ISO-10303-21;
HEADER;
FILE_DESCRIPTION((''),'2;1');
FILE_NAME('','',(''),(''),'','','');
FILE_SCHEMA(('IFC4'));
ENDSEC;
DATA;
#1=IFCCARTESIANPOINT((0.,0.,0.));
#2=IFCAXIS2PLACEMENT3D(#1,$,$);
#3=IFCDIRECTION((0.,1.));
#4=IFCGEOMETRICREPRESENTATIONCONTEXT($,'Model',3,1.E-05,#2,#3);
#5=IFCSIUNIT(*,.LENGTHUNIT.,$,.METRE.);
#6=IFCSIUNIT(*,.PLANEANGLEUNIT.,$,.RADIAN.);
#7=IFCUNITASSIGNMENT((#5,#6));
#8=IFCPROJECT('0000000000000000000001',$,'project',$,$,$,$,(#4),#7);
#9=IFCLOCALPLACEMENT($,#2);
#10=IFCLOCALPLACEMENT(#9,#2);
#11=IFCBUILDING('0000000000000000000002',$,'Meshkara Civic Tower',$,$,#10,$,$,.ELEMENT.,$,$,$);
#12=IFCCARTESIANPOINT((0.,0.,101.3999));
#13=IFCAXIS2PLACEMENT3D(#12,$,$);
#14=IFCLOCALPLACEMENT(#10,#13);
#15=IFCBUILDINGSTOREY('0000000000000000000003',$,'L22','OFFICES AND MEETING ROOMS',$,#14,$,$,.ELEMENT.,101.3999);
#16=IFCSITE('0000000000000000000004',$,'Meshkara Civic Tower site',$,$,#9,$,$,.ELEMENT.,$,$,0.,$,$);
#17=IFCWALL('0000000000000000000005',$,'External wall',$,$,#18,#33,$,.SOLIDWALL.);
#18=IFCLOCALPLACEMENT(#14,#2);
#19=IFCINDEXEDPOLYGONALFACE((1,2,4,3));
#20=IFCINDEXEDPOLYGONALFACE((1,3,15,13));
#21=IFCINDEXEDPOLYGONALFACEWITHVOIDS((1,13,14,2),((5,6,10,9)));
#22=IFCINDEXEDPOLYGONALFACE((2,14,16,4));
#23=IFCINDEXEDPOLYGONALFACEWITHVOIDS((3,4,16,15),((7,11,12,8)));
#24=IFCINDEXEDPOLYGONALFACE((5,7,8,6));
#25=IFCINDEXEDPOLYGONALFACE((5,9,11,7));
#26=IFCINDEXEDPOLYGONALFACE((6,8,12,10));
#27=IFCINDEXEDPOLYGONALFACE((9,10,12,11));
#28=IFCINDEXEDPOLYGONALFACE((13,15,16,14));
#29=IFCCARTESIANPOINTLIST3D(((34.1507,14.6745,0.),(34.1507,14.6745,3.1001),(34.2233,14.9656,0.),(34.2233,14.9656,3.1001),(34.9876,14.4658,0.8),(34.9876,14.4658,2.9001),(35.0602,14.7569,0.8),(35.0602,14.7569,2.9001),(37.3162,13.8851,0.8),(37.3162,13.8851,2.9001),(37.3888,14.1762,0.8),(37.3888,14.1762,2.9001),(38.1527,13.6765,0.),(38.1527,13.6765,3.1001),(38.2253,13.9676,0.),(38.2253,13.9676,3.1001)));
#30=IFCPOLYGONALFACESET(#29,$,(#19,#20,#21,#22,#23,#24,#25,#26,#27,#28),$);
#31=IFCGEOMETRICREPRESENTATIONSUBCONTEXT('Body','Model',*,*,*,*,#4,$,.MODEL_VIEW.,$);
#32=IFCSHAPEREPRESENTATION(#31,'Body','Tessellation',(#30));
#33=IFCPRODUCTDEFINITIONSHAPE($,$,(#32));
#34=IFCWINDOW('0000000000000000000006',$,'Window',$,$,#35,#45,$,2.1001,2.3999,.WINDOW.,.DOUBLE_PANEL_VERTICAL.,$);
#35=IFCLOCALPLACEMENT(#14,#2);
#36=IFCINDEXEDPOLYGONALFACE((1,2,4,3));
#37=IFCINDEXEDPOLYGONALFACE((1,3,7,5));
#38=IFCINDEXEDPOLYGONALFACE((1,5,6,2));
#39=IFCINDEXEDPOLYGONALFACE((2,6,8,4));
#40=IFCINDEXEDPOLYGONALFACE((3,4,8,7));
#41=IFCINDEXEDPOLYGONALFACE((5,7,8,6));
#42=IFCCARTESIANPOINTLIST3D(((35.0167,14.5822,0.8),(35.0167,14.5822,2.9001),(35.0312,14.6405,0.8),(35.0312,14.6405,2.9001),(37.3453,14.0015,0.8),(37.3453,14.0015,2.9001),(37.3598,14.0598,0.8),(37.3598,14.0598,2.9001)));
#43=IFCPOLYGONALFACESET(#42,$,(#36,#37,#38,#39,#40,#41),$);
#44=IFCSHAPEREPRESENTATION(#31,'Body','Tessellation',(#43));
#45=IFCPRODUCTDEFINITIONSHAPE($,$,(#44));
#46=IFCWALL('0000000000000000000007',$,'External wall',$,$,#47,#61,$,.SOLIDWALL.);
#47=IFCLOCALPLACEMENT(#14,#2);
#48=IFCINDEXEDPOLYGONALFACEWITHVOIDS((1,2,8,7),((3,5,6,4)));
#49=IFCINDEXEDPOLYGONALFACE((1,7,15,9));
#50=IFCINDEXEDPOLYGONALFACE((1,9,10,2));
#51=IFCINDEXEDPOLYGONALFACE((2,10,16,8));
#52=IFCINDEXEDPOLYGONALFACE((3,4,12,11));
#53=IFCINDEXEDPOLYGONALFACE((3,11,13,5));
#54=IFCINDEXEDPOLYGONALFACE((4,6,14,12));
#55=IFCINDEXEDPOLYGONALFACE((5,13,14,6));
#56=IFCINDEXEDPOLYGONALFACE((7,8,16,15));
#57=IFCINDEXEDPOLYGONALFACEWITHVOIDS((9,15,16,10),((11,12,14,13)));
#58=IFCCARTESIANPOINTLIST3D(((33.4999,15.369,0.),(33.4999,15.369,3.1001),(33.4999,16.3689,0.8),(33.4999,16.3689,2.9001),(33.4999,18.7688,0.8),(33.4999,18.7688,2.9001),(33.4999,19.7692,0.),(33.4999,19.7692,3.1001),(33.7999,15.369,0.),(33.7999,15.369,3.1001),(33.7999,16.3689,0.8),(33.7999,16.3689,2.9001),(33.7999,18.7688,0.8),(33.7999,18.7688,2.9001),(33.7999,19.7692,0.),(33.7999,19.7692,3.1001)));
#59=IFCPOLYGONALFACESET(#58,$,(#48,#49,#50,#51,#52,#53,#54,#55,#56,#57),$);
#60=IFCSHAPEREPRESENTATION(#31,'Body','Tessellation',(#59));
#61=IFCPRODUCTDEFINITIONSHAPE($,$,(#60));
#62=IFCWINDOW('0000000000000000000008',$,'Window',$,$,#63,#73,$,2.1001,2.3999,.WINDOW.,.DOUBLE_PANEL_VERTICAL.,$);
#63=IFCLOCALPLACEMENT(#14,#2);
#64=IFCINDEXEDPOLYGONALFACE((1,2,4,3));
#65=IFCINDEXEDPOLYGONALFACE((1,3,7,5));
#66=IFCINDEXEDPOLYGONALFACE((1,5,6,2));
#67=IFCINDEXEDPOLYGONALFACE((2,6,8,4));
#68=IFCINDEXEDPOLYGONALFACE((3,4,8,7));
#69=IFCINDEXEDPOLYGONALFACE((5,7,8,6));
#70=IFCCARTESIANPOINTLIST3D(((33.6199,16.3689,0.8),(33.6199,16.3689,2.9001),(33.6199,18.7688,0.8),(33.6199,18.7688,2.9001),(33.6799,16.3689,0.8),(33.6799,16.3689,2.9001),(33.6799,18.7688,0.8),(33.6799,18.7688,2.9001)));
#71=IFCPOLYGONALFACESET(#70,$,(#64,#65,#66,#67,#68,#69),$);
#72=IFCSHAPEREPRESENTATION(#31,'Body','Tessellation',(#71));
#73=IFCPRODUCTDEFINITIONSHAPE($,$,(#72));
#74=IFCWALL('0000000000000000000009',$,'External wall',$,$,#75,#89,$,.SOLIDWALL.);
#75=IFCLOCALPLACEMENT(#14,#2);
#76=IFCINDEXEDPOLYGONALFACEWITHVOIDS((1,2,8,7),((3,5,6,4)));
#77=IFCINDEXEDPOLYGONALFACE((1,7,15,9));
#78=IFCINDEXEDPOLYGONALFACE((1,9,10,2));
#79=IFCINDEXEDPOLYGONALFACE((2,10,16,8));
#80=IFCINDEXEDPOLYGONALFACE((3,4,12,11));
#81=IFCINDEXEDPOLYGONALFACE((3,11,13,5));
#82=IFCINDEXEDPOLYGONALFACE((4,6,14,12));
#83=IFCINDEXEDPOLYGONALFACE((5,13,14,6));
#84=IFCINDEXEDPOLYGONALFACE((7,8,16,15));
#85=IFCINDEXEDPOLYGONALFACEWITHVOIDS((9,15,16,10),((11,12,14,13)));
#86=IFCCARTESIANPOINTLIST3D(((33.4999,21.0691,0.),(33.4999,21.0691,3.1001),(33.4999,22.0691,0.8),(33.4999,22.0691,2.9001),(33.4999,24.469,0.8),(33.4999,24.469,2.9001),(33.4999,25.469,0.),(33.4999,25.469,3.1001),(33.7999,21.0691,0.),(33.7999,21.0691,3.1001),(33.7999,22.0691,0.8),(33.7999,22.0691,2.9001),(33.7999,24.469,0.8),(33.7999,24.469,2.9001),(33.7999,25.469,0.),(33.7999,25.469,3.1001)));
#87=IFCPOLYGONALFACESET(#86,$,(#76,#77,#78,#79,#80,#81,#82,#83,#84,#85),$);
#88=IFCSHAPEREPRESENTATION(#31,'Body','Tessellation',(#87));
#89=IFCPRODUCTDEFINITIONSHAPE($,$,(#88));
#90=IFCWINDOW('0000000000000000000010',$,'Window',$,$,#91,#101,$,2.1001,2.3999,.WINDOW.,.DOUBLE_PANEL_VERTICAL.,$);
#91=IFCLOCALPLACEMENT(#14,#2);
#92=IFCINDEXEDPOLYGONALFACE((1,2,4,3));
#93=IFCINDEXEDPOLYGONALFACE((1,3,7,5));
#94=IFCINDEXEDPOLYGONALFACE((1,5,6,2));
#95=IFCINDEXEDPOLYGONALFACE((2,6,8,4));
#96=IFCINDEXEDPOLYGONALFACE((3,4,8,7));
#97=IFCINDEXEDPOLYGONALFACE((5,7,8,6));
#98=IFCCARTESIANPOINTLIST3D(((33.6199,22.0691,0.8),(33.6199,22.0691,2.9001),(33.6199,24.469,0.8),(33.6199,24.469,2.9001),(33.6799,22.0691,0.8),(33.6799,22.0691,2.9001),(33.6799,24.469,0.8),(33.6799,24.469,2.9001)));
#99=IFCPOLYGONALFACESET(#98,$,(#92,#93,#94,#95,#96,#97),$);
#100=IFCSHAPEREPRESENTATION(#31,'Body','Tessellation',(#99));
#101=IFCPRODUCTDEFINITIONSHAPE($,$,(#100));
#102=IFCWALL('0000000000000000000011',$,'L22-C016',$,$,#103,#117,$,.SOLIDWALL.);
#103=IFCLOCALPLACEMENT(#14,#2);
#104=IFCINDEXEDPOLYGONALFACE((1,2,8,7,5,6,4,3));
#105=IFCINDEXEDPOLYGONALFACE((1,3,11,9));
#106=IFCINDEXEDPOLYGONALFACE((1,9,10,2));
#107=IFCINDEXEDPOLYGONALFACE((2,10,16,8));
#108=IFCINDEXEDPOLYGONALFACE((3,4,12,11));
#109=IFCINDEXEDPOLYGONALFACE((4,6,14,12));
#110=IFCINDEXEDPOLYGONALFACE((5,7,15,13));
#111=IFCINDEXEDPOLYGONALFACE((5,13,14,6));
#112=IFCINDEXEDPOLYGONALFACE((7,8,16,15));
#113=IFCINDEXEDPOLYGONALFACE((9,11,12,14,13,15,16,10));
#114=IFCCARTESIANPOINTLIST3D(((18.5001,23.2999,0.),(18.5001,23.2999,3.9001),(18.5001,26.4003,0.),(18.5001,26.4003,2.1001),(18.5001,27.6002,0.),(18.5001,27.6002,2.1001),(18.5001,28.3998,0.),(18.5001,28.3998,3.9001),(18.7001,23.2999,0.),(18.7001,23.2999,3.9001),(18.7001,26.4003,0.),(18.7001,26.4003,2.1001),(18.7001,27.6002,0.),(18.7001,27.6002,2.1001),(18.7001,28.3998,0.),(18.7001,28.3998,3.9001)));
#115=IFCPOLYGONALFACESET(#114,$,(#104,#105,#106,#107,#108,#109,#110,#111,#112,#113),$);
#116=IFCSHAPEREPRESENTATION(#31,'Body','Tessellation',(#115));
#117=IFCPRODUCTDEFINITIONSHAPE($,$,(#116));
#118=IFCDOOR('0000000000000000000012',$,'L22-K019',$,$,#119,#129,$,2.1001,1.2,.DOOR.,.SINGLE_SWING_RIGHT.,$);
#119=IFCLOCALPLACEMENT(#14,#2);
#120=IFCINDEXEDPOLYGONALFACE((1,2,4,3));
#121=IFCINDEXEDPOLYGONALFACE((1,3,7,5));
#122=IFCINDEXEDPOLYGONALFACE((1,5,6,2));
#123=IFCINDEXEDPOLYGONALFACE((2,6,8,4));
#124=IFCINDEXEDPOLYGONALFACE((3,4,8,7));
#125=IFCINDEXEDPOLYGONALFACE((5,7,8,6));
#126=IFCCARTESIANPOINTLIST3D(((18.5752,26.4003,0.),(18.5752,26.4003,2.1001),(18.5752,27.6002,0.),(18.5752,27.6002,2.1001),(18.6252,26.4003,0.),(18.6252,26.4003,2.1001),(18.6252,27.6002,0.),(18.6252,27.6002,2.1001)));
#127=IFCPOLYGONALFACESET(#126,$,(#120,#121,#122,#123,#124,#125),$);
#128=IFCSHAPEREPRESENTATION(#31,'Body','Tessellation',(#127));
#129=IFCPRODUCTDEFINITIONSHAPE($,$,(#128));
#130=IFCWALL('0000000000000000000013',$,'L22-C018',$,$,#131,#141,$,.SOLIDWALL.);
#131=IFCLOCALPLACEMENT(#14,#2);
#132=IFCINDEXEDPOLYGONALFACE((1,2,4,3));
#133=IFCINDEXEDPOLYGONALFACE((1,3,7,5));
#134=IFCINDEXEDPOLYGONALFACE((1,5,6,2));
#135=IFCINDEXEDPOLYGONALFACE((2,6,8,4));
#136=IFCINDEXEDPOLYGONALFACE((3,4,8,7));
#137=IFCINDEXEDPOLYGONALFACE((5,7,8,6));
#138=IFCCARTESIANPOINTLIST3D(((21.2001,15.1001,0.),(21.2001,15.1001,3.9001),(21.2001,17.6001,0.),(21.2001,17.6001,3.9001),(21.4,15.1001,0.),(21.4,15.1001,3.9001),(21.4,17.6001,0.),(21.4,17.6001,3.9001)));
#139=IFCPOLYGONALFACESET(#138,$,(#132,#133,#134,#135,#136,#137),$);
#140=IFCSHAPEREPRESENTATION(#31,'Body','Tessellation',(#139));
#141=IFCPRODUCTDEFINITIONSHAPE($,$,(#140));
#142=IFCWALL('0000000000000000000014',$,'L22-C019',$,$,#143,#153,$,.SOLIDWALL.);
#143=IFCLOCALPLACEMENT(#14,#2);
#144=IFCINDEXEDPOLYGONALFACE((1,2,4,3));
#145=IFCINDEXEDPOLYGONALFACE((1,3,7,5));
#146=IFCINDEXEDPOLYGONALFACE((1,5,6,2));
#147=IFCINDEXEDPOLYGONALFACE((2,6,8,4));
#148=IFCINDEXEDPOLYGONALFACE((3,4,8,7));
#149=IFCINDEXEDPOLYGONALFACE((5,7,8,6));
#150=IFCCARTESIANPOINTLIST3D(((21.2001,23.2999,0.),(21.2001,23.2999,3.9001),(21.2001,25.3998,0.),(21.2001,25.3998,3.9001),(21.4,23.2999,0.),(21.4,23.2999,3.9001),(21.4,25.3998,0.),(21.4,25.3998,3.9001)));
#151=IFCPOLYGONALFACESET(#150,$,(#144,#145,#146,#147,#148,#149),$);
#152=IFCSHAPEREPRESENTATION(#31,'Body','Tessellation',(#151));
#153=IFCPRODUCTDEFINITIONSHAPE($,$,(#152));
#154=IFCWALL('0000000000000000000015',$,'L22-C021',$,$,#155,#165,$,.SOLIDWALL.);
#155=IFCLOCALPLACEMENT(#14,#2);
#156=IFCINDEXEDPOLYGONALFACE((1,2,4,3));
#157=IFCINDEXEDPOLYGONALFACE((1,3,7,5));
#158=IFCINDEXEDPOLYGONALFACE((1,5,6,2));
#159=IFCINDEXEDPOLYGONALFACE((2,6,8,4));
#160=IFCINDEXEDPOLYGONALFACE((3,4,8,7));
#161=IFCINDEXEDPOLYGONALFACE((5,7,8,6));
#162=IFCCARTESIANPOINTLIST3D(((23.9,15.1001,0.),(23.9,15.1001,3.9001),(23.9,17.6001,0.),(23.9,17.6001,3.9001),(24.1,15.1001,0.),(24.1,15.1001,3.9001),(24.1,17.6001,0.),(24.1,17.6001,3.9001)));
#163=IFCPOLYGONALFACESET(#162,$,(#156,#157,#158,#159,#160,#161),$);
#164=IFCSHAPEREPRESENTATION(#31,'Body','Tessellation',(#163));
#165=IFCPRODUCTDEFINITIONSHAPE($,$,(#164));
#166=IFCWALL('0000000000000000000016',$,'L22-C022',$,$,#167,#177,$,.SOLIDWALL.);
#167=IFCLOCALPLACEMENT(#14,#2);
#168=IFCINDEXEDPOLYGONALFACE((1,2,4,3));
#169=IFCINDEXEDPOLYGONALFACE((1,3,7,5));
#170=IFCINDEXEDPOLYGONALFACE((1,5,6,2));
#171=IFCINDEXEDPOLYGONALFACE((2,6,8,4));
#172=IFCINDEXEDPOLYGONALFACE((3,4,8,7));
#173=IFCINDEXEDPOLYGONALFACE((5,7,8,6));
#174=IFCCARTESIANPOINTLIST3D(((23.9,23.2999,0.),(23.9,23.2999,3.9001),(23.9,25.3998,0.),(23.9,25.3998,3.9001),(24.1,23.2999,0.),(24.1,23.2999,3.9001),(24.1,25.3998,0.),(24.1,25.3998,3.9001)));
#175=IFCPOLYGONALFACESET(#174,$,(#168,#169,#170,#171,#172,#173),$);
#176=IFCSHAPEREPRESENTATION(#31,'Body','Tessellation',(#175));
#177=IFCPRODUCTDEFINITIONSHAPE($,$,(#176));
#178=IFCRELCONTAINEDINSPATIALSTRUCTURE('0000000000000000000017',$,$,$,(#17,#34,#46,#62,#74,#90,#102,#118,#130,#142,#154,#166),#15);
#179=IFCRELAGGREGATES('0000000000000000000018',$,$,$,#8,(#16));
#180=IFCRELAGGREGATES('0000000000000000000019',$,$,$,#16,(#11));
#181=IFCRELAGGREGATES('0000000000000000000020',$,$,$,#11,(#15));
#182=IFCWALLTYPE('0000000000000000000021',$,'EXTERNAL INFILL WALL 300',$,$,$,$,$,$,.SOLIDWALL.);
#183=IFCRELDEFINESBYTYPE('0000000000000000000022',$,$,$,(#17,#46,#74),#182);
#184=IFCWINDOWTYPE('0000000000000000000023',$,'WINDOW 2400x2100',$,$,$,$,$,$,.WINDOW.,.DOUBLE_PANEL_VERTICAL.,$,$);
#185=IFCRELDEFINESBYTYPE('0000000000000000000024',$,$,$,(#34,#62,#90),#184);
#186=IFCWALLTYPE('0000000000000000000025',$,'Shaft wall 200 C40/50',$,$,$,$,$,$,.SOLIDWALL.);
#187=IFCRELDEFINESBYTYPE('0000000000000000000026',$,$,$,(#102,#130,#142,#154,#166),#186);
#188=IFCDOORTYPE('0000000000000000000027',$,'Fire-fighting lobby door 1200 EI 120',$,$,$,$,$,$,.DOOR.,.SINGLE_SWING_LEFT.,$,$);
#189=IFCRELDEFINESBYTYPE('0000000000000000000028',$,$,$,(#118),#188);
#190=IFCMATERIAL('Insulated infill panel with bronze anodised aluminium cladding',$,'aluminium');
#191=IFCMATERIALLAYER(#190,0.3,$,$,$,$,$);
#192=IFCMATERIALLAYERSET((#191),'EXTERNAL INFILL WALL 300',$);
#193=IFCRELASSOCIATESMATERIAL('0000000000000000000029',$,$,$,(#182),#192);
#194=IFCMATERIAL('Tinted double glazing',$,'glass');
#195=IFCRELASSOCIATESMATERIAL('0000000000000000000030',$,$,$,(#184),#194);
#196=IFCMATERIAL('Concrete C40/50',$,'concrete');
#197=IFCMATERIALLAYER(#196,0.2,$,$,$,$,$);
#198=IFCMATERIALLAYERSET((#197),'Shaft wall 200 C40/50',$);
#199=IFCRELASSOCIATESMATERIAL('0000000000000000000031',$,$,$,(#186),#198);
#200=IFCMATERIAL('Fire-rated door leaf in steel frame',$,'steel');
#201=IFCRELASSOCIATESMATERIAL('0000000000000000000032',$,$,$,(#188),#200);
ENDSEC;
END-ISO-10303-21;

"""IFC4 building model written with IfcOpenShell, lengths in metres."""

from ifc_helpers import new_model, si_unit, direction, frame, frame_2d, origin, place, context, subcontext, project, spatial, rectangle, extrude, material, layer, layer_set, type_object, element, fill, save


model = new_model("IFC4")

# Units and contexts
model_context = context("Model", 3, precision=1e-05, world=origin(), true_north=direction((0.0, 1.0)))
body_context = subcontext(model_context, "Body", "Model", "MODEL_VIEW")
ifc_project = project(units=[si_unit("LENGTHUNIT", "METRE"), si_unit("PLANEANGLEUNIT", "RADIAN")], contexts=[model_context])

# Site, building, storey
site_placement = place(None, origin())
site = spatial("IfcSite", under=ifc_project, at=site_placement, Name="Meshkara Civic Tower site", CompositionType="ELEMENT", RefElevation=0.0)
building_placement = place(site_placement, origin())
building = spatial("IfcBuilding", under=site, at=building_placement, Name="Meshkara Civic Tower", CompositionType="ELEMENT")
storey_placement = place(building_placement, frame((0.0, 0.0, 101.3999)))
storey = spatial("IfcBuildingStorey", under=building, at=storey_placement, Name="L22", Description="OFFICES AND MEETING ROOMS", CompositionType="ELEMENT", Elevation=101.3999)

# Walls, openings, windows
ifc_material_1 = material(Name="Insulated infill panel with bronze anodised aluminium cladding", Category="aluminium")
ifc_layer_1 = layer(ifc_material_1, 0.3)
ifc_layer_set_1 = layer_set([ifc_layer_1], Name="EXTERNAL INFILL WALL 300")
wall_type_1 = type_object("IfcWallType", Name="EXTERNAL INFILL WALL 300", PredefinedType="SOLIDWALL", material=ifc_layer_set_1)
wall_1_placement = place(storey_placement, frame((38.189, 13.822, 0.0), z_axis=(0.0, 0.0, 1.0), x_axis=(-0.970282, 0.241978, 0.0)))
wall_1 = element("IfcWall", 1, at=wall_1_placement, inside=storey, type_object=wall_type_1, Name="External wall", PredefinedType="SOLIDWALL", context=body_context, shape_type="SweptSolid", body=[
    extrude(rectangle(XDim=4.1245, YDim=0.3, at=frame_2d((2.0623, 0.0))), origin(), (0.0, 0.0, 1.0), 3.1001),
])
opening_1_placement = place(wall_1_placement, frame((0.8621, 0.0, 0.8)))
opening_1 = element("IfcOpeningElement", 2, at=opening_1_placement, cuts=wall_1, PredefinedType="OPENING", context=body_context, shape_type="SweptSolid", body=[
    extrude(rectangle(XDim=2.3999, YDim=2.1001, at=frame_2d((1.2, 1.05))), frame((0.0, 0.1599, 0.0), z_axis=(0.0, -1.0, 0.0), x_axis=(1.0, 0.0, 0.0)), (0.0, 0.0, 1.0), 0.3201),
])
ifc_material_2 = material(Name="Tinted double glazing", Category="glass")
window_type = type_object("IfcWindowType", Name="WINDOW 2400x2100", PartitioningType="DOUBLE_PANEL_VERTICAL", PredefinedType="WINDOW", material=ifc_material_2)
window_1_placement = place(opening_1_placement, origin())
window_1 = element("IfcWindow", 3, at=window_1_placement, inside=storey, type_object=window_type, Name="Window", OverallHeight=2.1001, OverallWidth=2.3999, PartitioningType="DOUBLE_PANEL_VERTICAL", PredefinedType="WINDOW", context=body_context, shape_type="SweptSolid", body=[
    extrude(rectangle(XDim=2.3999, YDim=2.1001, at=frame_2d((1.2, 1.05))), frame((0.0, 0.03, 0.0), z_axis=(0.0, -1.0, 0.0), x_axis=(1.0, 0.0, 0.0)), (0.0, 0.0, 1.0), 0.0601),
])
fill(opening_1, window_1)
wall_2_placement = place(storey_placement, frame((33.6499, 15.3689, 0.0), z_axis=(0.0, 0.0, 1.0), x_axis=(0.0, 1.0, 0.0)))
wall_2 = element("IfcWall", 4, at=wall_2_placement, inside=storey, type_object=wall_type_1, Name="External wall", PredefinedType="SOLIDWALL", context=body_context, shape_type="SweptSolid", body=[
    extrude(rectangle(XDim=4.4001, YDim=0.3, at=frame_2d((2.2002, 0.0))), origin(), (0.0, 0.0, 1.0), 3.1001),
])
opening_2_placement = place(wall_2_placement, frame((1.0, 0.0, 0.8)))
opening_2 = element("IfcOpeningElement", 5, at=opening_2_placement, cuts=wall_2, PredefinedType="OPENING", context=body_context, shape_type="SweptSolid", body=[
    extrude(rectangle(XDim=2.3999, YDim=2.1001, at=frame_2d((1.2, 1.05))), frame((0.0, 0.1599, 0.0), z_axis=(0.0, -1.0, 0.0), x_axis=(1.0, 0.0, 0.0)), (0.0, 0.0, 1.0), 0.3201),
])
window_2_placement = place(opening_2_placement, origin())
window_2 = element("IfcWindow", 6, at=window_2_placement, inside=storey, type_object=window_type, Name="Window", OverallHeight=2.1001, OverallWidth=2.3999, PartitioningType="DOUBLE_PANEL_VERTICAL", PredefinedType="WINDOW", context=body_context, shape_type="SweptSolid", body=[
    extrude(rectangle(XDim=2.3999, YDim=2.1001, at=frame_2d((1.2, 1.05))), frame((0.0, 0.03, 0.0), z_axis=(0.0, -1.0, 0.0), x_axis=(1.0, 0.0, 0.0)), (0.0, 0.0, 1.0), 0.0601),
])
fill(opening_2, window_2)
wall_3_placement = place(storey_placement, frame((33.6499, 21.0691, 0.0), z_axis=(0.0, 0.0, 1.0), x_axis=(0.0, 1.0, 0.0)))
wall_3 = element("IfcWall", 7, at=wall_3_placement, inside=storey, type_object=wall_type_1, Name="External wall", PredefinedType="SOLIDWALL", context=body_context, shape_type="SweptSolid", body=[
    extrude(rectangle(XDim=4.3999, YDim=0.3, at=frame_2d((2.2, 0.0))), origin(), (0.0, 0.0, 1.0), 3.1001),
])
opening_3_placement = place(wall_3_placement, frame((1.0, 0.0, 0.8)))
opening_3 = element("IfcOpeningElement", 8, at=opening_3_placement, cuts=wall_3, PredefinedType="OPENING", context=body_context, shape_type="SweptSolid", body=[
    extrude(rectangle(XDim=2.3999, YDim=2.1001, at=frame_2d((1.2, 1.05))), frame((0.0, 0.1599, 0.0), z_axis=(0.0, -1.0, 0.0), x_axis=(1.0, 0.0, 0.0)), (0.0, 0.0, 1.0), 0.3201),
])
window_3_placement = place(opening_3_placement, origin())
window_3 = element("IfcWindow", 9, at=window_3_placement, inside=storey, type_object=window_type, Name="Window", OverallHeight=2.1001, OverallWidth=2.3999, PartitioningType="DOUBLE_PANEL_VERTICAL", PredefinedType="WINDOW", context=body_context, shape_type="SweptSolid", body=[
    extrude(rectangle(XDim=2.3999, YDim=2.1001, at=frame_2d((1.2, 1.05))), frame((0.0, 0.03, 0.0), z_axis=(0.0, -1.0, 0.0), x_axis=(1.0, 0.0, 0.0)), (0.0, 0.0, 1.0), 0.0601),
])
fill(opening_3, window_3)

# Wall, opening, door
ifc_material_3 = material(Name="Concrete C40/50", Category="concrete")
ifc_layer_2 = layer(ifc_material_3, 0.2)
ifc_layer_set_2 = layer_set([ifc_layer_2], Name="Shaft wall 200 C40/50")
wall_type_2 = type_object("IfcWallType", Name="Shaft wall 200 C40/50", PredefinedType="SOLIDWALL", material=ifc_layer_set_2)
wall_4_placement = place(storey_placement, frame((18.6001, 23.3, 0.0), z_axis=(0.0, 0.0, 1.0), x_axis=(0.0, 1.0, 0.0)))
wall_4 = element("IfcWall", 10, at=wall_4_placement, inside=storey, type_object=wall_type_2, Name="L22-C016", PredefinedType="SOLIDWALL", context=body_context, shape_type="SweptSolid", body=[
    extrude(rectangle(XDim=5.0999, YDim=0.2, at=frame_2d((2.5498, 0.0))), origin(), (0.0, 0.0, 1.0), 3.9001),
])
opening_4_placement = place(wall_4_placement, frame((3.1001, 0.0, 0.0)))
opening_4 = element("IfcOpeningElement", 11, at=opening_4_placement, cuts=wall_4, PredefinedType="OPENING", context=body_context, shape_type="SweptSolid", body=[
    extrude(rectangle(XDim=1.2, YDim=2.1001, at=frame_2d((0.6001, 1.05))), frame((0.0, 0.1099, 0.0), z_axis=(0.0, -1.0, 0.0), x_axis=(1.0, 0.0, 0.0)), (0.0, 0.0, 1.0), 0.22),
])
ifc_material_4 = material(Name="Fire-rated door leaf in steel frame", Category="steel")
door_type_1 = type_object("IfcDoorType", Name="Fire-fighting lobby door 1200 EI 120", OperationType="SINGLE_SWING_LEFT", PredefinedType="DOOR", material=ifc_material_4)
door_1_placement = place(opening_4_placement, origin())
door_1 = element("IfcDoor", 12, at=door_1_placement, inside=storey, type_object=door_type_1, Name="L22-K019", OperationType="SINGLE_SWING_RIGHT", OverallHeight=2.1001, OverallWidth=1.2, PredefinedType="DOOR", context=body_context, shape_type="SweptSolid", body=[
    extrude(rectangle(XDim=1.2, YDim=2.1001, at=frame_2d((0.6001, 1.05))), frame((0.0, 0.0249, 0.0), z_axis=(0.0, -1.0, 0.0), x_axis=(1.0, 0.0, 0.0)), (0.0, 0.0, 1.0), 0.05),
])
fill(opening_4, door_1)

# Walls
wall_5_placement = place(storey_placement, frame((21.3, 15.1001, 0.0), z_axis=(0.0, 0.0, 1.0), x_axis=(0.0, 1.0, 0.0)))
element("IfcWall", 13, at=wall_5_placement, inside=storey, type_object=wall_type_2, Name="L22-C018", PredefinedType="SOLIDWALL", context=body_context, shape_type="SweptSolid", body=[
    extrude(rectangle(XDim=2.5, YDim=0.2, at=frame_2d((1.25, 0.0))), origin(), (0.0, 0.0, 1.0), 3.9001),
])
wall_6_placement = place(storey_placement, frame((21.3, 23.3, 0.0), z_axis=(0.0, 0.0, 1.0), x_axis=(0.0, 1.0, 0.0)))
element("IfcWall", 14, at=wall_6_placement, inside=storey, type_object=wall_type_2, Name="L22-C019", PredefinedType="SOLIDWALL", context=body_context, shape_type="SweptSolid", body=[
    extrude(rectangle(XDim=2.0999, YDim=0.2, at=frame_2d((1.0498, 0.0))), origin(), (0.0, 0.0, 1.0), 3.9001),
])
wall_7_placement = place(storey_placement, frame((24.0, 15.1001, 0.0), z_axis=(0.0, 0.0, 1.0), x_axis=(0.0, 1.0, 0.0)))
element("IfcWall", 15, at=wall_7_placement, inside=storey, type_object=wall_type_2, Name="L22-C021", PredefinedType="SOLIDWALL", context=body_context, shape_type="SweptSolid", body=[
    extrude(rectangle(XDim=2.5, YDim=0.2, at=frame_2d((1.25, 0.0))), origin(), (0.0, 0.0, 1.0), 3.9001),
])
wall_8_placement = place(storey_placement, frame((24.0, 23.3, 0.0), z_axis=(0.0, 0.0, 1.0), x_axis=(0.0, 1.0, 0.0)))
element("IfcWall", 16, at=wall_8_placement, inside=storey, type_object=wall_type_2, Name="L22-C022", PredefinedType="SOLIDWALL", context=body_context, shape_type="SweptSolid", body=[
    extrude(rectangle(XDim=2.0999, YDim=0.2, at=frame_2d((1.0498, 0.0))), origin(), (0.0, 0.0, 1.0), 3.9001),
])

save(model, "model.ifc")
